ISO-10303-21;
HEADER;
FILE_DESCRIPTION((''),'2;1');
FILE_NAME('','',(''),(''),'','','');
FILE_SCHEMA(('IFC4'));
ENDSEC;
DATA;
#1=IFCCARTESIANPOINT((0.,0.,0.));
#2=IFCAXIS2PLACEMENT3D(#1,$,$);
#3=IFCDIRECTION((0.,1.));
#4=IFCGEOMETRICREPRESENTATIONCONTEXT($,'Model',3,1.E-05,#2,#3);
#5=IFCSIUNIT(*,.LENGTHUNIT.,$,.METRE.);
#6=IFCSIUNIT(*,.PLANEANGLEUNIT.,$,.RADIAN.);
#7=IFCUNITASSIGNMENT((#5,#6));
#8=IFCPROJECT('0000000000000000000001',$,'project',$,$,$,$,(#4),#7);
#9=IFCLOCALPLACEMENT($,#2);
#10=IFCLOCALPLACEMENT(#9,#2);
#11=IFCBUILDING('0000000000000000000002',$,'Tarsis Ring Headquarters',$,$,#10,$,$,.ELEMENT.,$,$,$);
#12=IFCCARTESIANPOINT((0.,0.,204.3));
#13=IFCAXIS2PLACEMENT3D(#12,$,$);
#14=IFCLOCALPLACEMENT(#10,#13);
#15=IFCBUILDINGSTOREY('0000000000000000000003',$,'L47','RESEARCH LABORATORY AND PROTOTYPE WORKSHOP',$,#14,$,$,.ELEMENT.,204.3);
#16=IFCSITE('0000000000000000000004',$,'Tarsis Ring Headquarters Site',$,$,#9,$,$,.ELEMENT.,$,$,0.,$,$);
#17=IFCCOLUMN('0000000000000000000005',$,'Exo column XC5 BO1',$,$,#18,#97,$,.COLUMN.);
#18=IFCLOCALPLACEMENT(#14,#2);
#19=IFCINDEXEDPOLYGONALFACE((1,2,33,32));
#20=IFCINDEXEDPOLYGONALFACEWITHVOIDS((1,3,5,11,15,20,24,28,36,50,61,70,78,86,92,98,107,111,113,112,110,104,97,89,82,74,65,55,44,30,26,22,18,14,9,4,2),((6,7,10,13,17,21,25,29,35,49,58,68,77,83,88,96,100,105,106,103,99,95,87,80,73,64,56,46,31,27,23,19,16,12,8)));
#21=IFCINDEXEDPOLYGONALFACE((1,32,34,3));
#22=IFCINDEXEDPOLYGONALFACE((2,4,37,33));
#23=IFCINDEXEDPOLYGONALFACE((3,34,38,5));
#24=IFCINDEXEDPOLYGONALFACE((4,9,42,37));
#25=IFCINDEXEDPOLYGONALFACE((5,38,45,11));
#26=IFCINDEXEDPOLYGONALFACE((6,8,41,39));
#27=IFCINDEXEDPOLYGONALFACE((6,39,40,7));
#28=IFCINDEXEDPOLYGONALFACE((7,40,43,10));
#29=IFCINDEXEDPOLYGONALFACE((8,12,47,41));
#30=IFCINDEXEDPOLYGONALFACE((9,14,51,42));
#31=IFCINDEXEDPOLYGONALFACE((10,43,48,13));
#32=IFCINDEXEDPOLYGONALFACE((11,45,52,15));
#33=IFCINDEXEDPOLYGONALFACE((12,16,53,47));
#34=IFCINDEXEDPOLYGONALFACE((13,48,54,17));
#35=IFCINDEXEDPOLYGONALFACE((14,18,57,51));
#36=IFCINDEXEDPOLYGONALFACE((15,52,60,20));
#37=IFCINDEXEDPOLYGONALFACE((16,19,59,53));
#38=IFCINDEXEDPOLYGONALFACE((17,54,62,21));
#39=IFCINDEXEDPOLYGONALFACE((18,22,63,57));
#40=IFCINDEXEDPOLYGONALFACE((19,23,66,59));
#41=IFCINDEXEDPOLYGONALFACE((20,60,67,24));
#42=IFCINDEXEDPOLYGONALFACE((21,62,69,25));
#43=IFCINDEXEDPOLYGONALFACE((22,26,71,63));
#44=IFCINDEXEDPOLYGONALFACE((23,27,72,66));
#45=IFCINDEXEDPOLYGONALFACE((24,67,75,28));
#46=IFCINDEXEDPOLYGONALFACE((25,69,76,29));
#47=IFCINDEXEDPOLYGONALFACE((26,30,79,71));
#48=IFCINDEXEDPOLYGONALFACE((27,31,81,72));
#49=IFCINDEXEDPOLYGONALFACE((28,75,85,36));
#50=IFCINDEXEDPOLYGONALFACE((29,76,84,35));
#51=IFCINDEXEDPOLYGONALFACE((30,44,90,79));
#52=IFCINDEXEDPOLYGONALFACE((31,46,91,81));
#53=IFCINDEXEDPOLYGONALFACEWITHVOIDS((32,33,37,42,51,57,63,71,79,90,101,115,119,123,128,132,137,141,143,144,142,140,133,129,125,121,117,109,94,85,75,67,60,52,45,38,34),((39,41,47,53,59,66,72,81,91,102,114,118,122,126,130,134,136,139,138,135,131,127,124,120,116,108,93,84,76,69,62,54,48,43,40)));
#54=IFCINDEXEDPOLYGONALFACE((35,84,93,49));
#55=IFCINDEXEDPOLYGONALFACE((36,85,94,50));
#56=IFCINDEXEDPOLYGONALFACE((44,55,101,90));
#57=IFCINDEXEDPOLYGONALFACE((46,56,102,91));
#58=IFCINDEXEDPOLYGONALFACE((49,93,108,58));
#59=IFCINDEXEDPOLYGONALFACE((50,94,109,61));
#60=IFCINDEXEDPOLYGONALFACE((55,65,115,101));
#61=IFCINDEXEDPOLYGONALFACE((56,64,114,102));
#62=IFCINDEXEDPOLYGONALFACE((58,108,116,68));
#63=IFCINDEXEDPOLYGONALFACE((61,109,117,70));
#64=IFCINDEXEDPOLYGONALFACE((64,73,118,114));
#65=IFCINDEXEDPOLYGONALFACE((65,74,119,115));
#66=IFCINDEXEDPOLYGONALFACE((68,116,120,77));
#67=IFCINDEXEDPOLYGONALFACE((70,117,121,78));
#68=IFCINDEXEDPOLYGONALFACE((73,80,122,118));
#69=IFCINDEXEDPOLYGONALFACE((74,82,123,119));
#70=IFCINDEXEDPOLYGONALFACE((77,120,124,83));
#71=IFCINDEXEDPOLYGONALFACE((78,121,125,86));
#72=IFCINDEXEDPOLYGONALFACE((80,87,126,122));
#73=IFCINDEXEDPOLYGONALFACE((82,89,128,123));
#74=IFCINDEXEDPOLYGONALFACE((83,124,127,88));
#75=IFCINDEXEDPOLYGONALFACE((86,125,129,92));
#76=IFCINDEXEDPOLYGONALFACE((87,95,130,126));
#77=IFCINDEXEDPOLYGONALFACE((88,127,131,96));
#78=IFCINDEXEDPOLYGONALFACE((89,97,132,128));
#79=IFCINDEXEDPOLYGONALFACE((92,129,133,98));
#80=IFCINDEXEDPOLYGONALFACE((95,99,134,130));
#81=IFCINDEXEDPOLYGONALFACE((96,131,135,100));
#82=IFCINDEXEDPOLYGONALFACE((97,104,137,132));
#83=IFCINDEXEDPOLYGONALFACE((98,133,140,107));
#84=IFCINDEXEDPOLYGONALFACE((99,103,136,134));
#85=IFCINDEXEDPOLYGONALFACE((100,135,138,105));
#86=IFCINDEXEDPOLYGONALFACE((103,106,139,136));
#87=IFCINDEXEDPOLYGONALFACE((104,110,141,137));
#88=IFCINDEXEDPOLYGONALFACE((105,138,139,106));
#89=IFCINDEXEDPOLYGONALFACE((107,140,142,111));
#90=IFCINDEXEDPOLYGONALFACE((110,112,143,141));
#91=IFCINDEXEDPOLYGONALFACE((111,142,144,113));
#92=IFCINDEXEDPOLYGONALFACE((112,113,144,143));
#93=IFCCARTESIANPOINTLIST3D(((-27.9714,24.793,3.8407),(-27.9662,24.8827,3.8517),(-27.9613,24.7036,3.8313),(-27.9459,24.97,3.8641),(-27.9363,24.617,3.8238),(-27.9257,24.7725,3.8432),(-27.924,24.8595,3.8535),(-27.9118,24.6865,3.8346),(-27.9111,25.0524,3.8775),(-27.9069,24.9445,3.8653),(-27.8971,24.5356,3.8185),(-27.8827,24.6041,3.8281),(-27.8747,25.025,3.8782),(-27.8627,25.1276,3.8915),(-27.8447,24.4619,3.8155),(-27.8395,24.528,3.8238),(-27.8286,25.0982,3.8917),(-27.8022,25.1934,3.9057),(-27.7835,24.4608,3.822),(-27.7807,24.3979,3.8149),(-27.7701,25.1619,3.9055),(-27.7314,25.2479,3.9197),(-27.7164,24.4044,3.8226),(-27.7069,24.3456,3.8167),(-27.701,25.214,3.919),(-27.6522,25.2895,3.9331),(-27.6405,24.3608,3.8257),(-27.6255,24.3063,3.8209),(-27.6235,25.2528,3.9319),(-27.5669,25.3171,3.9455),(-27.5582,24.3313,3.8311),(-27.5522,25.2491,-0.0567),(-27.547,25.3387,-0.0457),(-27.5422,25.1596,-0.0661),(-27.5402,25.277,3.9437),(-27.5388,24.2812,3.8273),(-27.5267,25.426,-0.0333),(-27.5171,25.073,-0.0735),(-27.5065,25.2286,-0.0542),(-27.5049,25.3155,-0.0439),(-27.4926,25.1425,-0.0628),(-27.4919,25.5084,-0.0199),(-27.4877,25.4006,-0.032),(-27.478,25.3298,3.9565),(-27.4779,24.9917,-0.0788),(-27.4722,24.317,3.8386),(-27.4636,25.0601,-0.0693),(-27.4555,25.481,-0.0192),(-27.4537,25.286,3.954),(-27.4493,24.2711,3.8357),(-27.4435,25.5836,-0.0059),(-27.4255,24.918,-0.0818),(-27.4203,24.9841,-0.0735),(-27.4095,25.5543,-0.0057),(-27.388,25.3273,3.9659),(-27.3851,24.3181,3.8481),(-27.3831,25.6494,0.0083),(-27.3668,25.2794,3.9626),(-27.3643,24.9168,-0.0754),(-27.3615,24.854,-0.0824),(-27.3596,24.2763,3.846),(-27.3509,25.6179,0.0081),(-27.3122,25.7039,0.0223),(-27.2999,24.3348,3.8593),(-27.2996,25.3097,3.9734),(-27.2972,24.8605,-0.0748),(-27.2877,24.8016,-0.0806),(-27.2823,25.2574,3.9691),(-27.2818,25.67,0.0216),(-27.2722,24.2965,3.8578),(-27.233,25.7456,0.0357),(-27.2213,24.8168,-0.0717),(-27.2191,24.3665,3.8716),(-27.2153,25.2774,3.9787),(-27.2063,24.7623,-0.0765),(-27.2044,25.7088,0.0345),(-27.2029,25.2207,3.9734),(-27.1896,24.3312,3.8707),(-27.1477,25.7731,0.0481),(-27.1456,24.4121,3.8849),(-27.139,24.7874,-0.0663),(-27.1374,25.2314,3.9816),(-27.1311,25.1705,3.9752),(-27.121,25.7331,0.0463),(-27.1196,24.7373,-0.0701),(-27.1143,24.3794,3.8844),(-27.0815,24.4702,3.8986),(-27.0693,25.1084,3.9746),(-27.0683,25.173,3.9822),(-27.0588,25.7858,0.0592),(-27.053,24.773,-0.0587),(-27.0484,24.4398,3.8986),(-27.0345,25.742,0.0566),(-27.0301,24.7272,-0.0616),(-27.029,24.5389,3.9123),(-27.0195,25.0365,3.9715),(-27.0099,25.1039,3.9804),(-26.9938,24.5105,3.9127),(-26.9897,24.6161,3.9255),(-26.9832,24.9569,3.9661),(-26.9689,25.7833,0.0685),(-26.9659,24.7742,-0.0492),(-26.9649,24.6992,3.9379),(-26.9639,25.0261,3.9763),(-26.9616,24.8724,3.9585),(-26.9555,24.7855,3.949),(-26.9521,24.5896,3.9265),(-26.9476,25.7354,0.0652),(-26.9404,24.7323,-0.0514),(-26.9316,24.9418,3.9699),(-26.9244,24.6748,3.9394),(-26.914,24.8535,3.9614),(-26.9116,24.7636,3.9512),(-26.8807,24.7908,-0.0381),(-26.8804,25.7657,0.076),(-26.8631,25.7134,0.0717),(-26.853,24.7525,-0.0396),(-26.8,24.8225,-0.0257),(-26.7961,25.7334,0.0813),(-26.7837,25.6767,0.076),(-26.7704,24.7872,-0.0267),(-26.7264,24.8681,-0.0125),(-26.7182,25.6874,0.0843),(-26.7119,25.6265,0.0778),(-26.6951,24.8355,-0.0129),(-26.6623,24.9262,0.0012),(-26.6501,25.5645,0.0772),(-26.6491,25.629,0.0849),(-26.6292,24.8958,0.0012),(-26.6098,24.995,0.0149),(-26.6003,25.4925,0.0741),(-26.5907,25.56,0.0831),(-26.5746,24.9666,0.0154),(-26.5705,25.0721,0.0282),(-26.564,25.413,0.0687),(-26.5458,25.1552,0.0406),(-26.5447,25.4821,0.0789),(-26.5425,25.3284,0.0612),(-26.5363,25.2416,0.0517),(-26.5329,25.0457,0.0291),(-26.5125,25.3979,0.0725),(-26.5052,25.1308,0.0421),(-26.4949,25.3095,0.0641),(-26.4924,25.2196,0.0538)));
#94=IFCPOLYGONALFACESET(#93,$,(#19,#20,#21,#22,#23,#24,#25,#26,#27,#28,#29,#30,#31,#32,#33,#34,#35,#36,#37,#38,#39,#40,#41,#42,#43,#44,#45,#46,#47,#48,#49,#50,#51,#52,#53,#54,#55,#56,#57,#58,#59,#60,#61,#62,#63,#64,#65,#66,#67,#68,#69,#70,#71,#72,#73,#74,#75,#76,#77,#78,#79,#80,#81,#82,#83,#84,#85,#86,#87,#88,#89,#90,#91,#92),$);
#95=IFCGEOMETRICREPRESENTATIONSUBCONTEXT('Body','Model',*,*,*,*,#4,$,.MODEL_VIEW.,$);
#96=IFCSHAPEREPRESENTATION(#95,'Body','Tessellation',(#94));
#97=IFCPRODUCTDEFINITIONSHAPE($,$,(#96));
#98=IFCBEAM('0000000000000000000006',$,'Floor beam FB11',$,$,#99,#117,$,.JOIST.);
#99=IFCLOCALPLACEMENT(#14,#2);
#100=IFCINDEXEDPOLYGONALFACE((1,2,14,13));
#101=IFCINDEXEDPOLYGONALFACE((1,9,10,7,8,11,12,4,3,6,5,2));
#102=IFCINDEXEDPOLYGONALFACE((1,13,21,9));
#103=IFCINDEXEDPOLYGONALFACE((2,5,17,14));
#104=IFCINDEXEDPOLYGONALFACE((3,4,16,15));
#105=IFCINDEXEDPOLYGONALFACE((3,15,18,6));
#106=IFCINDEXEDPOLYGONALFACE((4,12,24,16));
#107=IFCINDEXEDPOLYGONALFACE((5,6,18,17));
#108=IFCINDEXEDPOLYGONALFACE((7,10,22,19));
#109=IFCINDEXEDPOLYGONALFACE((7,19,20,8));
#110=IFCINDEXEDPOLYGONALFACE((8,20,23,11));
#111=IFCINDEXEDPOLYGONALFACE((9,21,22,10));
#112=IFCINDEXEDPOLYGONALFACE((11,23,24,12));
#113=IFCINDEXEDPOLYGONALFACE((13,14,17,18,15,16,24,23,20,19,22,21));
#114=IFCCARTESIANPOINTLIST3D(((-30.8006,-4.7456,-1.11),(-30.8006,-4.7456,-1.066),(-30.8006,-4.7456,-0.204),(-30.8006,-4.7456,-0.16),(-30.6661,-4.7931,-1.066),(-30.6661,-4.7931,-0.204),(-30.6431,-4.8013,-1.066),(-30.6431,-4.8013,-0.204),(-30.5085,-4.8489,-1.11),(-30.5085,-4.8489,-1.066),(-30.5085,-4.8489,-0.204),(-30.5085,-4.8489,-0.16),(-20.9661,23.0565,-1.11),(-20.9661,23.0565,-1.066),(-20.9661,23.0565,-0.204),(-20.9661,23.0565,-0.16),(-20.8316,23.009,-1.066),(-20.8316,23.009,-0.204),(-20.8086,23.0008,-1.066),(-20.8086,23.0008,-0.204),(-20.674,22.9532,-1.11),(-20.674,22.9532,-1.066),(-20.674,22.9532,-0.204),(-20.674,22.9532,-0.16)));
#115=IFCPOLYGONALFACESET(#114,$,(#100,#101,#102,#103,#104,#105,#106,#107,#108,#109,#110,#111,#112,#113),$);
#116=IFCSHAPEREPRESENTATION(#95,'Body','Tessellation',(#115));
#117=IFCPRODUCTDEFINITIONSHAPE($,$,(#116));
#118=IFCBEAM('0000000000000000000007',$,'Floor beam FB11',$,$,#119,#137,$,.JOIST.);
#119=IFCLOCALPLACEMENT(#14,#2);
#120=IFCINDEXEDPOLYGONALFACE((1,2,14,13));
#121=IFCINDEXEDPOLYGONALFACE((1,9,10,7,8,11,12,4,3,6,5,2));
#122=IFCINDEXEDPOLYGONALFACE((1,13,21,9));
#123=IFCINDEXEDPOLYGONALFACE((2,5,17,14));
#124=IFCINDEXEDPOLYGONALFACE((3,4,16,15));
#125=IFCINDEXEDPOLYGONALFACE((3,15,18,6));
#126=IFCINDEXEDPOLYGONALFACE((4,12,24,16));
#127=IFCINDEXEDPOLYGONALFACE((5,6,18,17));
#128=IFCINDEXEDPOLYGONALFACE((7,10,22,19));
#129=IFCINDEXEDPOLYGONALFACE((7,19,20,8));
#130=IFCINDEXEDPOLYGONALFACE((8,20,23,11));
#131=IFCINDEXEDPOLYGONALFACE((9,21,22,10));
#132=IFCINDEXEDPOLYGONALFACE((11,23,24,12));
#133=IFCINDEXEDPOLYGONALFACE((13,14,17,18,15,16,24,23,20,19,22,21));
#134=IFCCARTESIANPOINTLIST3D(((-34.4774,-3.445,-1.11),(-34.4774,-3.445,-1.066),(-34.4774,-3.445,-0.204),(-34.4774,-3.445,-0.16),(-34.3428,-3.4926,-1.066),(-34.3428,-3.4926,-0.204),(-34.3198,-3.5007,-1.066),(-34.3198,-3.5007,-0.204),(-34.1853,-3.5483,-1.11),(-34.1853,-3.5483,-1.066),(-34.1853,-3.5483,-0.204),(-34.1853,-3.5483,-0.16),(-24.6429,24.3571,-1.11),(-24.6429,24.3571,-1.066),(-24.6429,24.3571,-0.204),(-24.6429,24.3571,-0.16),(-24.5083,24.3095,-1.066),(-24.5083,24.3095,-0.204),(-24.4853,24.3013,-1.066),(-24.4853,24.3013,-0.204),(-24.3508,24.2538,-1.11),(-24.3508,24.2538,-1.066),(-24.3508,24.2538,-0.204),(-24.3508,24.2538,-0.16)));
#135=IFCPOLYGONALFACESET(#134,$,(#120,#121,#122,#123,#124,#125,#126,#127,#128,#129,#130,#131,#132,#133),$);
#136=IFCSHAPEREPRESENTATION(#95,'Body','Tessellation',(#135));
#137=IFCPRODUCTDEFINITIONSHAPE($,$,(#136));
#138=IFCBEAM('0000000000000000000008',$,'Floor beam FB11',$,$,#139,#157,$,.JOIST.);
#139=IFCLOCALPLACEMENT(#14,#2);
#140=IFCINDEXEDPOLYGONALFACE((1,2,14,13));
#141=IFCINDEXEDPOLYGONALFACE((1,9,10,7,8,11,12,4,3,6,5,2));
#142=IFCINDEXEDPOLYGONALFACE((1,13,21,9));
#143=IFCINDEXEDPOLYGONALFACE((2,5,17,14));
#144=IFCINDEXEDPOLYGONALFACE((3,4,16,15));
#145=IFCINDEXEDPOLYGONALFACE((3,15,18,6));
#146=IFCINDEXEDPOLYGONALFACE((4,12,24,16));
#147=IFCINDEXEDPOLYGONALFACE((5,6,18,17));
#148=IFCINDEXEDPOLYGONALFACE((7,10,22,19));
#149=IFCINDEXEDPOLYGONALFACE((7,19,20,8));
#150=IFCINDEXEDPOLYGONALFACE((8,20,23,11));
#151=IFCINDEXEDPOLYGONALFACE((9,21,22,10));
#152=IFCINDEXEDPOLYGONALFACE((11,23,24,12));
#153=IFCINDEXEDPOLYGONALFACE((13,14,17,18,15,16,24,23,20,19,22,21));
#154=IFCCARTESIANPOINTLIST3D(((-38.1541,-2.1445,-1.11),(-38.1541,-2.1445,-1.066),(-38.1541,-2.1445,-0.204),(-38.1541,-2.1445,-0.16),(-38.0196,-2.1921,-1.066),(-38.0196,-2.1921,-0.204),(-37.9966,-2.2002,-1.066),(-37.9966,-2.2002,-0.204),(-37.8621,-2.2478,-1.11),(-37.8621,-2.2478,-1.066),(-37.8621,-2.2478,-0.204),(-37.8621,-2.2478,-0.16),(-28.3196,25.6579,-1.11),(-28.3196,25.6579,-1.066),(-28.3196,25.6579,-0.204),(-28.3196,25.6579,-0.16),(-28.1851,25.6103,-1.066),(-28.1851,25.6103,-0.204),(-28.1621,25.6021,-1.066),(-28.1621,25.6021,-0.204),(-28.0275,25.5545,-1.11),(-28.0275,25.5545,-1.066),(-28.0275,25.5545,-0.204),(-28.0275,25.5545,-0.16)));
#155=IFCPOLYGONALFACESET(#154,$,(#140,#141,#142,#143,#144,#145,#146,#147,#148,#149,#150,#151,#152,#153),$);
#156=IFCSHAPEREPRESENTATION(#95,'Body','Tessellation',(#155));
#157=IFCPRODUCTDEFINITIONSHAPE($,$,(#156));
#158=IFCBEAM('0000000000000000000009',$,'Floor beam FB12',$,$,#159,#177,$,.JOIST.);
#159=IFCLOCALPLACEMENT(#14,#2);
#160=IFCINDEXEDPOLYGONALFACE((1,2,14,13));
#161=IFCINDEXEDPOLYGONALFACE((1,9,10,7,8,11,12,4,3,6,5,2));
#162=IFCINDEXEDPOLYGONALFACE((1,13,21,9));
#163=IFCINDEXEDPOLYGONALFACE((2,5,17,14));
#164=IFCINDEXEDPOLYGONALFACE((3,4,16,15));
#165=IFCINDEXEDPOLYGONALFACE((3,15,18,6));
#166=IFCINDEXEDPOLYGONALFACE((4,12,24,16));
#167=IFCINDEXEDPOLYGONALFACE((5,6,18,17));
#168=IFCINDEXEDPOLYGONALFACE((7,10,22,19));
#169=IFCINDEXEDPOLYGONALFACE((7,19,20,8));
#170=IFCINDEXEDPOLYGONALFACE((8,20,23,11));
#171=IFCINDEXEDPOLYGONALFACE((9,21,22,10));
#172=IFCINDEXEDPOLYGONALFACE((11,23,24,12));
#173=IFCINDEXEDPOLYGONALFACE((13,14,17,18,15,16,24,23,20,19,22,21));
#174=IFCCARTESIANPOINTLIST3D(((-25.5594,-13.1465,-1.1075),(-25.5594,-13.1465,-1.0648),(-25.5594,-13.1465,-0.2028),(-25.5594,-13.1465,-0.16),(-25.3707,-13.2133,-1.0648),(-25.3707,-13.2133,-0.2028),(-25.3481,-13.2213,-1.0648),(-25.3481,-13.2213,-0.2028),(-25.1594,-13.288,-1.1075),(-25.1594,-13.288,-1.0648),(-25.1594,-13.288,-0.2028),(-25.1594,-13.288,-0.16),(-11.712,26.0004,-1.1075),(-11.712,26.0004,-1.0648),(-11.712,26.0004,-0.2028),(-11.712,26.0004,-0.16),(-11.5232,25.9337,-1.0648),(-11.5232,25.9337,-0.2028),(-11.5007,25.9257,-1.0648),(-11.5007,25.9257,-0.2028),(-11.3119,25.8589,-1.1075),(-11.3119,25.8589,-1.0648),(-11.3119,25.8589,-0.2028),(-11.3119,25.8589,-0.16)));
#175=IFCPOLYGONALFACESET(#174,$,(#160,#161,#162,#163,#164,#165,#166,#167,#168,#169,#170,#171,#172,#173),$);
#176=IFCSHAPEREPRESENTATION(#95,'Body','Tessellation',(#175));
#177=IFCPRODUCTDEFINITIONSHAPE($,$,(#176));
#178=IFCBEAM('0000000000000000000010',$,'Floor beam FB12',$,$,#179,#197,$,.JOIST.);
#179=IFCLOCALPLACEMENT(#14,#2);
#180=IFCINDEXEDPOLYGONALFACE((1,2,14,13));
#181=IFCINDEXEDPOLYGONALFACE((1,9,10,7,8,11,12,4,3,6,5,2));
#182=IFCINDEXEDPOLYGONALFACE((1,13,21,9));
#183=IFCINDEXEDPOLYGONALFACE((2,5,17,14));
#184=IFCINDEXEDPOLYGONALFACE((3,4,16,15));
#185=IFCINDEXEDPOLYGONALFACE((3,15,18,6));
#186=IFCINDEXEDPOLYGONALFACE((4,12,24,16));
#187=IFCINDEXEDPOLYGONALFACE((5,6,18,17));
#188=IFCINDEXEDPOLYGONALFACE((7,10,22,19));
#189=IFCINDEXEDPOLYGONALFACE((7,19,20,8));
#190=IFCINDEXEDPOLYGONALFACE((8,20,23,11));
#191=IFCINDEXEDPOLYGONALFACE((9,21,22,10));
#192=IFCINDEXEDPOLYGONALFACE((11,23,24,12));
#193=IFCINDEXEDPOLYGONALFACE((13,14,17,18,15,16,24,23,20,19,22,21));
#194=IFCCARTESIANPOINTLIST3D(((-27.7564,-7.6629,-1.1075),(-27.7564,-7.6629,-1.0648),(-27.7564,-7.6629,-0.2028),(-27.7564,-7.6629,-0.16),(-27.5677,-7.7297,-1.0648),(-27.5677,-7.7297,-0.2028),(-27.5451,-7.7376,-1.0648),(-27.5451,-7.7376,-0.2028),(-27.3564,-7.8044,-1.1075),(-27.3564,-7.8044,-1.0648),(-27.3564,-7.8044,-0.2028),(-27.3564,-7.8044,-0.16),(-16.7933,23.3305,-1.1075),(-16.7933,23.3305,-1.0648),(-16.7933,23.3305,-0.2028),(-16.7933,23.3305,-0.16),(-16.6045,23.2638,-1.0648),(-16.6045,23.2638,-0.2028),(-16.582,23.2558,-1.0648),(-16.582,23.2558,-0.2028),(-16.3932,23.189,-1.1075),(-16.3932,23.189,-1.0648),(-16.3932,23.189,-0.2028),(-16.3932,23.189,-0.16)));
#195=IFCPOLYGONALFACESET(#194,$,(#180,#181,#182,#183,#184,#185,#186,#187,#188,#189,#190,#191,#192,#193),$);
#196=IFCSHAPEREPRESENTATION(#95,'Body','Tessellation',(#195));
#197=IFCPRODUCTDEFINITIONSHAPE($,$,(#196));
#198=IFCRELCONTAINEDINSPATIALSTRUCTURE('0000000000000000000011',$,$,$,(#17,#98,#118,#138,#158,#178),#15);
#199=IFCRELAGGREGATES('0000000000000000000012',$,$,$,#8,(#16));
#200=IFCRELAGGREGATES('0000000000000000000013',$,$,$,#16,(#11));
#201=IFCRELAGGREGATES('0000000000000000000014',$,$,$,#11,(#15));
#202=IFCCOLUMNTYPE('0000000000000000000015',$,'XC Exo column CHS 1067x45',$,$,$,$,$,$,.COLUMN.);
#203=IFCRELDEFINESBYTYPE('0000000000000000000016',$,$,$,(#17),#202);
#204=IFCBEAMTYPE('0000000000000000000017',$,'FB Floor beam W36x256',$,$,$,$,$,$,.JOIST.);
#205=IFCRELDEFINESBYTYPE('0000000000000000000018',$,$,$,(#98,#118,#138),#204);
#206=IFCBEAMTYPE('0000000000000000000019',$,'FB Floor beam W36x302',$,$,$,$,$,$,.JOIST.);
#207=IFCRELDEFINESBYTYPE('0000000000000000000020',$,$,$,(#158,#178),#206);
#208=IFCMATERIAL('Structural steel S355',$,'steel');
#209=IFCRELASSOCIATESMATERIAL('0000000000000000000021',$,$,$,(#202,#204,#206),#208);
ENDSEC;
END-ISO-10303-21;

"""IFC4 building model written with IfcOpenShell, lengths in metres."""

from ifc_helpers import new_model, si_unit, direction, frame, origin, origin_2d, place, context, subcontext, project, spatial, hollow_circle, i_section, extrude, material, material_profile, profile_set, type_object, element, save


model = new_model("IFC4")

# Units and contexts
model_context = context("Model", 3, precision=1e-05, world=origin(), true_north=direction((0.0, 1.0)))
body_context = subcontext(model_context, "Body", "Model", "MODEL_VIEW")
ifc_project = project(units=[si_unit("LENGTHUNIT", "METRE"), si_unit("PLANEANGLEUNIT", "RADIAN")], contexts=[model_context])

# Site, building, storey
site_placement = place(None, origin())
site = spatial("IfcSite", under=ifc_project, at=site_placement, Name="Tarsis Ring Headquarters Site", CompositionType="ELEMENT", RefElevation=0.0)
building_placement = place(site_placement, origin())
building = spatial("IfcBuilding", under=site, at=building_placement, Name="Tarsis Ring Headquarters", CompositionType="ELEMENT")
storey_placement = place(building_placement, frame((0.0, 0.0, 204.3)))
storey = spatial("IfcBuildingStorey", under=building, at=storey_placement, Name="L47", Description="RESEARCH LABORATORY AND PROTOTYPE WORKSHOP", CompositionType="ELEMENT", Elevation=204.3)

# Column
ifc_material_1 = material(Name="Structural steel S355", Category="steel")
ifc_material_profile_1 = material_profile(ifc_material_1, hollow_circle(Radius=0.5334, WallThickness=0.0449, at=origin_2d()), Name="CHS 1067x45")
ifc_profile_set_1 = profile_set([ifc_material_profile_1], Name="Structural steel S355")
column_type = type_object("IfcColumnType", Name="XC Exo column CHS 1067x45", PredefinedType="COLUMN", material=ifc_profile_set_1)
column_placement = place(storey_placement, frame((-27.022, 25.2568, 0.0012), z_axis=(-0.106221, -0.115563, 0.987604), x_axis=(0.736237, -0.676723, 0.0)))
element("IfcColumn", 1, at=column_placement, inside=storey, type_object=column_type, Name="Exo column XC5 BO1", PredefinedType="COLUMN", context=body_context, shape_type="SweptSolid", body=[
    extrude(hollow_circle(Radius=0.5334, WallThickness=0.0449, at=origin_2d()), origin(), (0.0, 0.0, 1.0), 3.9463),
])

# Beams
ifc_material_profile_2 = material_profile(ifc_material_1, i_section(OverallWidth=0.3098, OverallDepth=0.95, WebThickness=0.0244, FlangeThickness=0.0439, at=origin_2d()), Name="W36x256")
ifc_profile_set_2 = profile_set([ifc_material_profile_2], Name="Structural steel S355")
beam_type_1 = type_object("IfcBeamType", Name="FB Floor beam W36x256", PredefinedType="JOIST", material=ifc_profile_set_2)
for number, where, z_axis, x_axis, name in (
    (2, (-20.8201, 23.0049, -0.635), (-0.333483, -0.942756, 0.0), (0.942756, -0.333483, 0.0), "Floor beam FB11"),
    (3, (-24.4968, 24.3054, -0.635), (-0.333483, -0.942756, 0.0), (0.942756, -0.333483, 0.0), "Floor beam FB11"),
):
    element("IfcBeam", number, at=place(storey_placement, frame(where, z_axis=z_axis, x_axis=x_axis)), inside=storey, type_object=beam_type_1, Name=name, PredefinedType="JOIST", context=body_context, shape_type="SweptSolid", body=[
        extrude(i_section(OverallWidth=0.3098, OverallDepth=0.95, WebThickness=0.0244, FlangeThickness=0.0439, at=origin_2d()), origin(), (0.0, 0.0, 1.0), 29.4902),
    ])
beam_1_placement = place(storey_placement, frame((-28.1736, 25.6062, -0.635), z_axis=(-0.333481, -0.942757, 0.0), x_axis=(0.942757, -0.333481, 0.0)))
element("IfcBeam", 4, at=beam_1_placement, inside=storey, type_object=beam_type_1, Name="Floor beam FB11", PredefinedType="JOIST", context=body_context, shape_type="SweptSolid", body=[
    extrude(i_section(OverallWidth=0.3098, OverallDepth=0.95, WebThickness=0.0244, FlangeThickness=0.0439, at=origin_2d()), origin(), (0.0, 0.0, 1.0), 29.4905),
])
ifc_material_profile_3 = material_profile(ifc_material_1, i_section(OverallWidth=0.4243, OverallDepth=0.9475, WebThickness=0.0239, FlangeThickness=0.0427, at=origin_2d()), Name="W36x302")
ifc_profile_set_3 = profile_set([ifc_material_profile_3], Name="Structural steel S355")
beam_type_2 = type_object("IfcBeamType", Name="FB Floor beam W36x302", PredefinedType="JOIST", material=ifc_profile_set_3)
beam_2_placement = place(storey_placement, frame((-11.512, 25.9297, -0.6338), z_axis=(-0.33348, -0.942757, 0.0), x_axis=(0.942757, -0.33348, 0.0)))
element("IfcBeam", 5, at=beam_2_placement, inside=storey, type_object=beam_type_2, Name="Floor beam FB12", PredefinedType="JOIST", context=body_context, shape_type="SweptSolid", body=[
    extrude(i_section(OverallWidth=0.4243, OverallDepth=0.9475, WebThickness=0.0239, FlangeThickness=0.0427, at=origin_2d()), origin(), (0.0, 0.0, 1.0), 41.5239),
])
beam_3_placement = place(storey_placement, frame((-16.5933, 23.2598, -0.6338), z_axis=(-0.333477, -0.942758, 0.0), x_axis=(0.942758, -0.333477, 0.0)))
element("IfcBeam", 6, at=beam_3_placement, inside=storey, type_object=beam_type_2, Name="Floor beam FB12", PredefinedType="JOIST", context=body_context, shape_type="SweptSolid", body=[
    extrude(i_section(OverallWidth=0.4243, OverallDepth=0.9475, WebThickness=0.0239, FlangeThickness=0.0427, at=origin_2d()), origin(), (0.0, 0.0, 1.0), 32.8752),
])

save(model, "model.ifc")
